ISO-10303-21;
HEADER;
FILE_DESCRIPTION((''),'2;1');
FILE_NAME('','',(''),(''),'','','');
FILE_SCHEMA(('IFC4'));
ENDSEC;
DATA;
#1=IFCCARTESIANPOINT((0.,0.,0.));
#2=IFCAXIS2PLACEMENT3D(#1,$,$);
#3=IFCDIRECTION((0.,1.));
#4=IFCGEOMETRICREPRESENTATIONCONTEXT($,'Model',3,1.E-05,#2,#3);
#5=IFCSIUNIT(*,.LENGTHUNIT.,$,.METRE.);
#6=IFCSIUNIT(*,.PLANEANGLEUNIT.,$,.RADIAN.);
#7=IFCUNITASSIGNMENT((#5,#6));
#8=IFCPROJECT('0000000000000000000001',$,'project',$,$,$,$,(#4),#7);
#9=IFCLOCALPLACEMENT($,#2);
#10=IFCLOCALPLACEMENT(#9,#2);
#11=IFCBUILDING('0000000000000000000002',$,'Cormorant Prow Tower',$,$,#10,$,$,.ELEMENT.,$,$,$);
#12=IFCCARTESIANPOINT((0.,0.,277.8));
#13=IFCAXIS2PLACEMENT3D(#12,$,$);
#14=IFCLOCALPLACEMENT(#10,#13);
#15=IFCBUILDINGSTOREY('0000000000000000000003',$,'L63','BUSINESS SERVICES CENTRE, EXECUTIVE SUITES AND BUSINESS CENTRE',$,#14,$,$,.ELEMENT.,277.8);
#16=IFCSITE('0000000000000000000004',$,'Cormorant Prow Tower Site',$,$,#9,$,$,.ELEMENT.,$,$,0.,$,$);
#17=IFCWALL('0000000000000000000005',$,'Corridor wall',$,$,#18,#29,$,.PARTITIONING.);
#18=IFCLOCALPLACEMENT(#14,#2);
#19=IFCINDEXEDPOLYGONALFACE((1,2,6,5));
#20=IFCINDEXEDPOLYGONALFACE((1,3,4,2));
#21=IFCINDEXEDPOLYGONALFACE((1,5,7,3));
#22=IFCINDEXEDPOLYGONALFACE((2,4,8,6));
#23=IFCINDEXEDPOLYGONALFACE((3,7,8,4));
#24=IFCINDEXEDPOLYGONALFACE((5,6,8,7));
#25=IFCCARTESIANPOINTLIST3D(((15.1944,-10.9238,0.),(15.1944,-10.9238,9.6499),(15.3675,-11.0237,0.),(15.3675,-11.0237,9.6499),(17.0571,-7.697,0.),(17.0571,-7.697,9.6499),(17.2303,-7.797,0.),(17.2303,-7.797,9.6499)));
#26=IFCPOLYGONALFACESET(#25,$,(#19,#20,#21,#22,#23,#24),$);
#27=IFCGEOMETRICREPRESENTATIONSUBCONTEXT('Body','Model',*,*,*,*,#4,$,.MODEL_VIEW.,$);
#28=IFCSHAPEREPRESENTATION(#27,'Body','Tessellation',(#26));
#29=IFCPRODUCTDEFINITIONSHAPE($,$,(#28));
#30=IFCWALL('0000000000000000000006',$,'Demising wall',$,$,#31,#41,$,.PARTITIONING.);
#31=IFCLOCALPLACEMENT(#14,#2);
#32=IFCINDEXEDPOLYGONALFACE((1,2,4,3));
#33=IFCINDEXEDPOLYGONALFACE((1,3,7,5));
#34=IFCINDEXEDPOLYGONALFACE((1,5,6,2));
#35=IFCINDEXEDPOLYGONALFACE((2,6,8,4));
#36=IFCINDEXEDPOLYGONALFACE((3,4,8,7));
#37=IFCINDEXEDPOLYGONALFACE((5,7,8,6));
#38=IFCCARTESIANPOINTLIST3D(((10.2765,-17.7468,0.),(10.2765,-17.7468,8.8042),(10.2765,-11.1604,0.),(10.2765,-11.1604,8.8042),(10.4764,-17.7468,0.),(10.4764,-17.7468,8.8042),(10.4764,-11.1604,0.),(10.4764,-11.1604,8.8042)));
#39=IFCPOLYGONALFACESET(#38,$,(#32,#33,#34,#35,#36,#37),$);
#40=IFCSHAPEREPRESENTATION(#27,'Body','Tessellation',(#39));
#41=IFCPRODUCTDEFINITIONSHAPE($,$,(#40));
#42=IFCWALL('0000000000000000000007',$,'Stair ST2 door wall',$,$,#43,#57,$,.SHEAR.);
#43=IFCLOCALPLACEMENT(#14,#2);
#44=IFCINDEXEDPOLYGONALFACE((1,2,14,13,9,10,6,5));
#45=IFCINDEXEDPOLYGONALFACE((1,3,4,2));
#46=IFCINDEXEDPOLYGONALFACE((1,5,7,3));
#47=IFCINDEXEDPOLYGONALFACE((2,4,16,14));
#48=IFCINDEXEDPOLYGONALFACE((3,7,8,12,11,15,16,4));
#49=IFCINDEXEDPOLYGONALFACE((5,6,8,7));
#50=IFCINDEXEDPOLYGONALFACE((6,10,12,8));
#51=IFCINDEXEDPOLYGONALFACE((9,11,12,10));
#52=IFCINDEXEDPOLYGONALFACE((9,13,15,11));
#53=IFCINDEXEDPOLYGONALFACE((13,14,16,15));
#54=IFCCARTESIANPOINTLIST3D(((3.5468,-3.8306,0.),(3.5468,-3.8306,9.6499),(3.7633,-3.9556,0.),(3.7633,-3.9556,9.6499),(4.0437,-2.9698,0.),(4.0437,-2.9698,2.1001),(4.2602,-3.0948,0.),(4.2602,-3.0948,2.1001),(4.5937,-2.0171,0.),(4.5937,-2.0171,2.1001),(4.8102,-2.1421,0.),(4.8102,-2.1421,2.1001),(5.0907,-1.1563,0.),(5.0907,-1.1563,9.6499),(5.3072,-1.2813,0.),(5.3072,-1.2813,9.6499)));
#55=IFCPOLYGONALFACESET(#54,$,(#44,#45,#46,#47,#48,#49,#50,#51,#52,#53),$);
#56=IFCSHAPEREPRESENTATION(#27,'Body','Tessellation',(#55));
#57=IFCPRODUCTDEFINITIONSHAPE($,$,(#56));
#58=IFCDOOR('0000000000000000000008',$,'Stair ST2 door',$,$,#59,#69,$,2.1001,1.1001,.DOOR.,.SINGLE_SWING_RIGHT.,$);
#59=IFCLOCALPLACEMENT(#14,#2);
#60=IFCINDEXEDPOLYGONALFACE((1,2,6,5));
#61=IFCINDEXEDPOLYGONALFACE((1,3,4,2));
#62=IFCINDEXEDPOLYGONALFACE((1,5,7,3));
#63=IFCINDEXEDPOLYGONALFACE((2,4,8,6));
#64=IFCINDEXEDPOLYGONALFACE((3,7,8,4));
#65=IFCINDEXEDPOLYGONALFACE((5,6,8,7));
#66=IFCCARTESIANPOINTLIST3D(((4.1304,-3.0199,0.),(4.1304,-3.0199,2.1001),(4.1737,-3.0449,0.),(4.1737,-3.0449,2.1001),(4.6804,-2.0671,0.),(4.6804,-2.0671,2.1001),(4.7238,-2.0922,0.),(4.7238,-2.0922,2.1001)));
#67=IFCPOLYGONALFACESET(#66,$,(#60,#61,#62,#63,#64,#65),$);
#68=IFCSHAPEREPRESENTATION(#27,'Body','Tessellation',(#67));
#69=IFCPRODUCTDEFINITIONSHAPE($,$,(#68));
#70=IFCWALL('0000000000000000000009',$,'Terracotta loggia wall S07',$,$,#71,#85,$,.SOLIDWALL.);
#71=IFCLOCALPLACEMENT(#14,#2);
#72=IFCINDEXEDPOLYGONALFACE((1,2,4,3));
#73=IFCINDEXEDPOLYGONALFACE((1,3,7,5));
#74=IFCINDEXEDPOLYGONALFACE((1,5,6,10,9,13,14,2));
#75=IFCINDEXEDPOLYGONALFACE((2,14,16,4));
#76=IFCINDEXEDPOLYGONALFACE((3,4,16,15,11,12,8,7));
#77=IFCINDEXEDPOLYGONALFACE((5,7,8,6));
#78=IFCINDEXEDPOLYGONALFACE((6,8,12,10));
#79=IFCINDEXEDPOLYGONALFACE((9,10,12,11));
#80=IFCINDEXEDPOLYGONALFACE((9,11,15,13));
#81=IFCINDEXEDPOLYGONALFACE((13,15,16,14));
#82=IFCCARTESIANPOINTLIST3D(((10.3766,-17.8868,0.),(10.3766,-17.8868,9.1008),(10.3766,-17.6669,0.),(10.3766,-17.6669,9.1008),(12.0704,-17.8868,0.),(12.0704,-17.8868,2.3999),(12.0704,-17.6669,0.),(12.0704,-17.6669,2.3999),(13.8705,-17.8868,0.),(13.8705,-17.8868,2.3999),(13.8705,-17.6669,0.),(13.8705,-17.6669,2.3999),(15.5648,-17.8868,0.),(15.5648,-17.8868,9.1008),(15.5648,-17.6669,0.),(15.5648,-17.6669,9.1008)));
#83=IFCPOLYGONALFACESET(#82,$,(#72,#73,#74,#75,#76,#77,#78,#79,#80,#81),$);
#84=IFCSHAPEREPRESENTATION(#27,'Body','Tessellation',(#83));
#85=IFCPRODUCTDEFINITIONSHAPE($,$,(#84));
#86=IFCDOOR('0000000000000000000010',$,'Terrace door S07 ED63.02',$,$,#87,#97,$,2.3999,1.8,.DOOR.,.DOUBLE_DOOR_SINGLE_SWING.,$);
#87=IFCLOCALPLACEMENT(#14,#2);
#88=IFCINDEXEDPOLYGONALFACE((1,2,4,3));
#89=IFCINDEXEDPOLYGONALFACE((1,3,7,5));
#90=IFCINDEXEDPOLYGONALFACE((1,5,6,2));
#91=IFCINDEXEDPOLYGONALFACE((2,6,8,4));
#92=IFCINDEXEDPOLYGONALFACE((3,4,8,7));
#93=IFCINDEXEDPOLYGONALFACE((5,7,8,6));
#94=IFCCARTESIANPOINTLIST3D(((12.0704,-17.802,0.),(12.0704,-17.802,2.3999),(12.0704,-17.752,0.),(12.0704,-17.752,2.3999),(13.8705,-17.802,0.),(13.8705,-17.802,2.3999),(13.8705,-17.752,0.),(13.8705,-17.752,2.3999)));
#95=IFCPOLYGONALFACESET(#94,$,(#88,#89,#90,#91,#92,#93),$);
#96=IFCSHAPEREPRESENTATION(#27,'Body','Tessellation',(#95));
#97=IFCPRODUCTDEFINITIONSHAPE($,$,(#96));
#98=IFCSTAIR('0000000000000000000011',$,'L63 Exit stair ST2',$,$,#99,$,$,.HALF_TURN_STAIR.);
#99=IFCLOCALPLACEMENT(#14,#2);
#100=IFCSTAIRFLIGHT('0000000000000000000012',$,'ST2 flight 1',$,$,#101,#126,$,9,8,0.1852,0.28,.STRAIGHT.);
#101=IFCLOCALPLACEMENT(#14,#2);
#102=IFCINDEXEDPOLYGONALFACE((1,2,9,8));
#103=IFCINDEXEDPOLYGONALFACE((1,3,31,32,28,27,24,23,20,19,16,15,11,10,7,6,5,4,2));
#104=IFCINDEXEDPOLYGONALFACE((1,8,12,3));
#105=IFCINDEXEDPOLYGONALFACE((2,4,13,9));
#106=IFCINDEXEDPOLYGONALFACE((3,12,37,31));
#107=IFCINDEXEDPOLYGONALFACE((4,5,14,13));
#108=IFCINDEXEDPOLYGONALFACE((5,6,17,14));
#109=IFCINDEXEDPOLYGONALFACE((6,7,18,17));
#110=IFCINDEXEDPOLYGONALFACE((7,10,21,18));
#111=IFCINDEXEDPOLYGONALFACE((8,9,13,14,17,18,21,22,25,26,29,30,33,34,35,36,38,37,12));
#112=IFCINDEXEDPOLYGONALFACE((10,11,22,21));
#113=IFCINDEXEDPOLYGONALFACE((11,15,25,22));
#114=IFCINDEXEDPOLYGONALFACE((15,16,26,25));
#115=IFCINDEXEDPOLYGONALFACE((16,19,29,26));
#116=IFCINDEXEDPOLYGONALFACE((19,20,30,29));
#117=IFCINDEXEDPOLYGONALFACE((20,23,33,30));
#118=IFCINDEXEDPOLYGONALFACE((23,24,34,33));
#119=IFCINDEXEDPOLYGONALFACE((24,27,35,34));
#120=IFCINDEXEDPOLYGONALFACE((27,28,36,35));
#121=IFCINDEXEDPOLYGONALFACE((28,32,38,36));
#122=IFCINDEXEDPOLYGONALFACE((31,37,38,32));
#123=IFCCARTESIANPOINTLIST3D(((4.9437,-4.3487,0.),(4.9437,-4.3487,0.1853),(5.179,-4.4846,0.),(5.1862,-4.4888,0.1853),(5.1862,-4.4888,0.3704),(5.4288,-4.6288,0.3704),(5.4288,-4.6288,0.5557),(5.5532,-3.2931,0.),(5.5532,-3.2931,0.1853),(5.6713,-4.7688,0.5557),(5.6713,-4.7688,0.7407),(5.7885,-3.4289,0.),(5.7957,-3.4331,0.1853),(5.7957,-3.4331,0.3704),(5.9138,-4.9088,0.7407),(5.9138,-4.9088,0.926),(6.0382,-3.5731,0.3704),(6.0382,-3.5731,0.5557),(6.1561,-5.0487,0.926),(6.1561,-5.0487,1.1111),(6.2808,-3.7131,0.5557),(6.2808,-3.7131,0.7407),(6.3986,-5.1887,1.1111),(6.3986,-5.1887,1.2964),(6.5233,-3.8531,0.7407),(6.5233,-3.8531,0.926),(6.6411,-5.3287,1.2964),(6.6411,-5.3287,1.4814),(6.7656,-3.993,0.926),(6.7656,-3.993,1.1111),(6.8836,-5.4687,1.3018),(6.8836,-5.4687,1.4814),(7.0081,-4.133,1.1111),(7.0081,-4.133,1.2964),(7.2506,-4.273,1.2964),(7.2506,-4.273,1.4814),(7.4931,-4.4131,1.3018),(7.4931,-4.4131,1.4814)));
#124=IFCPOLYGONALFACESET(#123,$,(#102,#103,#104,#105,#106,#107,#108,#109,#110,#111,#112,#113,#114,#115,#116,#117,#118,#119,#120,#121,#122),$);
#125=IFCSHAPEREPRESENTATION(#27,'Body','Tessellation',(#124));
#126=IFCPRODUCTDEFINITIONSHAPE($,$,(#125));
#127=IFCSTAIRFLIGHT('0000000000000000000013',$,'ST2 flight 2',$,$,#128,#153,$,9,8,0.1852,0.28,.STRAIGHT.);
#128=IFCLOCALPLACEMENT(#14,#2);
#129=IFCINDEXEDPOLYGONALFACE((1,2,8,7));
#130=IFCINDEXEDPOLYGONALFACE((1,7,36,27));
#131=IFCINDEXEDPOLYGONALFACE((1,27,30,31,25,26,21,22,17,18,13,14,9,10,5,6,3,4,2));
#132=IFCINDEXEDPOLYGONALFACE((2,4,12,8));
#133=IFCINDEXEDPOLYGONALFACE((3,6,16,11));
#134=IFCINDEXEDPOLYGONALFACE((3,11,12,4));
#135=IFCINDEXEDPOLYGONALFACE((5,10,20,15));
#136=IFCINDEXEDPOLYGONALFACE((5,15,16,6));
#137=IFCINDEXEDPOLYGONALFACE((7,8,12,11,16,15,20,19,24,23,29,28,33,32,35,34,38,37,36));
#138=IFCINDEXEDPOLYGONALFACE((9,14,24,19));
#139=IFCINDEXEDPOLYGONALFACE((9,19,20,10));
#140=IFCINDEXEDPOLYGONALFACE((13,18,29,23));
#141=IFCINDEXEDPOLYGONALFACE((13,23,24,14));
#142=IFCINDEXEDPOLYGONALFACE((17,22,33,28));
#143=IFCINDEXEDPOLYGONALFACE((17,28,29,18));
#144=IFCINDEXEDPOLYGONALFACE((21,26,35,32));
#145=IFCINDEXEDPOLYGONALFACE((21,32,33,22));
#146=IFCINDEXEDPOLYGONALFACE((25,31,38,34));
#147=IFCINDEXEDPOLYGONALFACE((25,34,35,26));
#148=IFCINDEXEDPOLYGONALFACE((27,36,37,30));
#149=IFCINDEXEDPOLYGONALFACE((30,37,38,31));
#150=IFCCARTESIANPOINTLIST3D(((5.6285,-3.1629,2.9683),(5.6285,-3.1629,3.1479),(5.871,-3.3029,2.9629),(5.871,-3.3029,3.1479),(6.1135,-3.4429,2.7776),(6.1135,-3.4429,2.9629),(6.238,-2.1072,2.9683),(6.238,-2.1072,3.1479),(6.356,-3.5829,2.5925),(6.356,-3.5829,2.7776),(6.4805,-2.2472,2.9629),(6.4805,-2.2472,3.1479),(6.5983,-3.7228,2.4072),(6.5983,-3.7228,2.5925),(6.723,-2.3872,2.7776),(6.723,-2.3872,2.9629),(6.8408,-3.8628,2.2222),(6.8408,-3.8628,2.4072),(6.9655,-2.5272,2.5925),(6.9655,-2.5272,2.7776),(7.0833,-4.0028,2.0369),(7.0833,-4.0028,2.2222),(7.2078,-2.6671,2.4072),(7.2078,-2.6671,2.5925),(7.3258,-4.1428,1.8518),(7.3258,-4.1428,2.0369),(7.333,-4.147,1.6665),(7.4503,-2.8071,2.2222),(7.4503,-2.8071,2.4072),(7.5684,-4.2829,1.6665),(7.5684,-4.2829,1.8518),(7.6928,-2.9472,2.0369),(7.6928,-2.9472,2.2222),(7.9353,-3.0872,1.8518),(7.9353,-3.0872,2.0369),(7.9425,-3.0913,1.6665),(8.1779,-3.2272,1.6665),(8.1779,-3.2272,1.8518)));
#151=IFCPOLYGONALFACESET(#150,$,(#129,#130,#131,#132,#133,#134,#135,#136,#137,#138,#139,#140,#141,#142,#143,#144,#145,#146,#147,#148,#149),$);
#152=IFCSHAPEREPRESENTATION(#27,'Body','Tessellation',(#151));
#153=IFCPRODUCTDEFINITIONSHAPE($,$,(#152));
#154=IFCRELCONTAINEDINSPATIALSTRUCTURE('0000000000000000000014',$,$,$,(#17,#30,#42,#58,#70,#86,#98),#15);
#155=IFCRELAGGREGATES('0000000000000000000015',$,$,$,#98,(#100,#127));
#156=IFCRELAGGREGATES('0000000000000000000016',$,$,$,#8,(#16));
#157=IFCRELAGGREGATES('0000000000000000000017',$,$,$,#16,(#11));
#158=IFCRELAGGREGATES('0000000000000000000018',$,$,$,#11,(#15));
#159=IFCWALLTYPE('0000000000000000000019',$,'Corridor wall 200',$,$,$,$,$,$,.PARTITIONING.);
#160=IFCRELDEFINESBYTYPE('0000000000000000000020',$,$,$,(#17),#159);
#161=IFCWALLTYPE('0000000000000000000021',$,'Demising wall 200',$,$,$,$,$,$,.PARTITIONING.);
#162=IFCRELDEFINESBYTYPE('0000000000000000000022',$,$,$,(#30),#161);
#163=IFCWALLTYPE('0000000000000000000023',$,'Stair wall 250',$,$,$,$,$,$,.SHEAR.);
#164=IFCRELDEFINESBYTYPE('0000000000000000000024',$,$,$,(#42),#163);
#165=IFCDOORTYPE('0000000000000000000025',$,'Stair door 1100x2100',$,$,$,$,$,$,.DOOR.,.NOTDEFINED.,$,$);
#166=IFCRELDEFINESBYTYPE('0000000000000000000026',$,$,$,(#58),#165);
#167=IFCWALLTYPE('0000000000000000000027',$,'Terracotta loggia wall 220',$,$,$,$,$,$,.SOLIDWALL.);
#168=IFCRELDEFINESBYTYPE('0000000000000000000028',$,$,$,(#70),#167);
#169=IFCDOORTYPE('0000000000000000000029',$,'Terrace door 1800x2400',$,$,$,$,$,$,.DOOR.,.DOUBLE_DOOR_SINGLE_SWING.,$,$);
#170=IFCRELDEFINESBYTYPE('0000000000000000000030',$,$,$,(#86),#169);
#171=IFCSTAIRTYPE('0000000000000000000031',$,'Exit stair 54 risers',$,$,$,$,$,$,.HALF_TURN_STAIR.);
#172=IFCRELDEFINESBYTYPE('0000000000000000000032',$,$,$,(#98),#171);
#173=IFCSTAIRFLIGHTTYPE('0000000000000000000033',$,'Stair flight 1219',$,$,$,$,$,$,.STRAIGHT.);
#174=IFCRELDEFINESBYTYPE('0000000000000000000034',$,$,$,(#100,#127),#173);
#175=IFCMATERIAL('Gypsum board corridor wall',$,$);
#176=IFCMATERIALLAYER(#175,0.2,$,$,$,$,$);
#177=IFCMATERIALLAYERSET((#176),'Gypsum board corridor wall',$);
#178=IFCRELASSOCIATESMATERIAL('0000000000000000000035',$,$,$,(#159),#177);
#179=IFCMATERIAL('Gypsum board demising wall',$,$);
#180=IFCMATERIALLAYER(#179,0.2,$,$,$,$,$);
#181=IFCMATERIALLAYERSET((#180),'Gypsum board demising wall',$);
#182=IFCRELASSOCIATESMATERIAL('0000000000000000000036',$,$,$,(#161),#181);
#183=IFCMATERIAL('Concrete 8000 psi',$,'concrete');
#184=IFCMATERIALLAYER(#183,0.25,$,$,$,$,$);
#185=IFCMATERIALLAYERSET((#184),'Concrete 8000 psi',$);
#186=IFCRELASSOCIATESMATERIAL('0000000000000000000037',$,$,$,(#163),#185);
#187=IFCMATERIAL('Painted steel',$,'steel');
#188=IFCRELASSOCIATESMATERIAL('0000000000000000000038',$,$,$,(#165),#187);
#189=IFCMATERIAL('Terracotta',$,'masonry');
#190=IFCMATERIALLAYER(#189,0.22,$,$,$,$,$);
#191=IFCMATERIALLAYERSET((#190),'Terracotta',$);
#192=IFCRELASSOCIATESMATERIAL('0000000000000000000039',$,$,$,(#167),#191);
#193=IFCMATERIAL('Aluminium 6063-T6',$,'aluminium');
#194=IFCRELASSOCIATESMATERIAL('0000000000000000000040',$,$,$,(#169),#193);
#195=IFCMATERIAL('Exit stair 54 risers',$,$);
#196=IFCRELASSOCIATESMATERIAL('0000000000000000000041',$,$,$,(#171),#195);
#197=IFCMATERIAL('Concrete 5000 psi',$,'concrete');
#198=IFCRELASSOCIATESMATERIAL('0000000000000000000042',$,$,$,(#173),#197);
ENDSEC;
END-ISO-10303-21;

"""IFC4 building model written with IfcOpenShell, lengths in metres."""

from ifc_helpers import new_model, si_unit, direction, frame, frame_2d, origin, place, context, subcontext, project, spatial, polyline, rectangle, outline, extrude, material, layer, layer_set, type_object, element, fill, aggregate, save


model = new_model("IFC4")

# Units and contexts
model_context = context("Model", 3, precision=1e-05, world=origin(), true_north=direction((0.0, 1.0)))
body_context = subcontext(model_context, "Body", "Model", "MODEL_VIEW")
ifc_project = project(units=[si_unit("LENGTHUNIT", "METRE"), si_unit("PLANEANGLEUNIT", "RADIAN")], contexts=[model_context])

# Site, building, storey
site_placement = place(None, origin())
site = spatial("IfcSite", under=ifc_project, at=site_placement, Name="Cormorant Prow Tower Site", CompositionType="ELEMENT", RefElevation=0.0)
building_placement = place(site_placement, origin())
building = spatial("IfcBuilding", under=site, at=building_placement, Name="Cormorant Prow Tower", CompositionType="ELEMENT")
storey_placement = place(building_placement, frame((0.0, 0.0, 277.8)))
storey = spatial("IfcBuildingStorey", under=building, at=storey_placement, Name="L63", Description="BUSINESS SERVICES CENTRE, EXECUTIVE SUITES AND BUSINESS CENTRE", CompositionType="ELEMENT", Elevation=277.8)

# Shared definitions
ifc_material_1 = material(Name="Gypsum board corridor wall")
ifc_layer_1 = layer(ifc_material_1, 0.2)
ifc_layer_set_1 = layer_set([ifc_layer_1], Name="Gypsum board corridor wall")
wall_type_1 = type_object("IfcWallType", Name="Corridor wall 200", PredefinedType="PARTITIONING", material=ifc_layer_set_1)

# Walls
wall_1_placement = place(storey_placement, frame((15.281, -10.9736, 0.0), z_axis=(0.0, 0.0, 1.0), x_axis=(0.499959, 0.866049, 0.0)))
element("IfcWall", 1, at=wall_1_placement, inside=storey, type_object=wall_type_1, Name="Corridor wall", PredefinedType="PARTITIONING", context=body_context, shape_type="SweptSolid", body=[
    extrude(rectangle(XDim=3.7258, YDim=0.2, at=frame_2d((1.8628, 0.0))), origin(), (0.0, 0.0, 1.0), 9.6499),
])
ifc_material_2 = material(Name="Gypsum board demising wall")
ifc_layer_2 = layer(ifc_material_2, 0.2)
ifc_layer_set_2 = layer_set([ifc_layer_2], Name="Gypsum board demising wall")
wall_type_2 = type_object("IfcWallType", Name="Demising wall 200", PredefinedType="PARTITIONING", material=ifc_layer_set_2)
wall_2_placement = place(storey_placement, frame((10.3765, -17.7468, 0.0), z_axis=(0.0, 0.0, 1.0), x_axis=(0.0, 1.0, 0.0)))
element("IfcWall", 2, at=wall_2_placement, inside=storey, type_object=wall_type_2, Name="Demising wall", PredefinedType="PARTITIONING", context=body_context, shape_type="SweptSolid", body=[
    extrude(rectangle(XDim=6.5864, YDim=0.2, at=frame_2d((3.2932, 0.0))), origin(), (0.0, 0.0, 1.0), 8.8042),
])

# Walls, openings, doors
ifc_material_3 = material(Name="Concrete 8000 psi", Category="concrete")
ifc_layer_3 = layer(ifc_material_3, 0.25)
ifc_layer_set_3 = layer_set([ifc_layer_3], Name="Concrete 8000 psi")
wall_type_3 = type_object("IfcWallType", Name="Stair wall 250", PredefinedType="SHEAR", material=ifc_layer_set_3)
wall_3_placement = place(storey_placement, frame((3.655, -3.8931, 0.0), z_axis=(0.0, 0.0, 1.0), x_axis=(0.499983, 0.866035, 0.0)))
wall_3 = element("IfcWall", 3, at=wall_3_placement, inside=storey, type_object=wall_type_3, Name="Stair ST2 door wall", PredefinedType="SHEAR", context=body_context, shape_type="SweptSolid", body=[
    extrude(rectangle(XDim=3.0879, YDim=0.25, at=frame_2d((1.5439, 0.0))), origin(), (0.0, 0.0, 1.0), 9.6499),
])
opening_1_placement = place(wall_3_placement, frame((0.9939, 0.0, 0.0)))
opening_1 = element("IfcOpeningElement", 4, at=opening_1_placement, cuts=wall_3, PredefinedType="OPENING", context=body_context, shape_type="SweptSolid", body=[
    extrude(rectangle(XDim=1.1001, YDim=2.1001, at=frame_2d((0.55, 1.05))), frame((0.0, 0.135, 0.0), z_axis=(0.0, -1.0, 0.0), x_axis=(1.0, 0.0, 0.0)), (0.0, 0.0, 1.0), 0.27),
])
ifc_material_4 = material(Name="Painted steel", Category="steel")
door_type_1 = type_object("IfcDoorType", Name="Stair door 1100x2100", OperationType="NOTDEFINED", PredefinedType="DOOR", material=ifc_material_4)
door_1_placement = place(opening_1_placement, origin())
door_1 = element("IfcDoor", 5, at=door_1_placement, inside=storey, type_object=door_type_1, Name="Stair ST2 door", OperationType="SINGLE_SWING_RIGHT", OverallHeight=2.1001, OverallWidth=1.1001, PredefinedType="DOOR", context=body_context, shape_type="SweptSolid", body=[
    extrude(rectangle(XDim=1.1001, YDim=2.1001, at=frame_2d((0.55, 1.05))), frame((0.0, 0.0249, 0.0), z_axis=(0.0, -1.0, 0.0), x_axis=(1.0, 0.0, 0.0)), (0.0, 0.0, 1.0), 0.05),
])
fill(opening_1, door_1)
ifc_material_5 = material(Name="Terracotta", Category="masonry")
ifc_layer_4 = layer(ifc_material_5, 0.22)
ifc_layer_set_4 = layer_set([ifc_layer_4], Name="Terracotta")
wall_type_4 = type_object("IfcWallType", Name="Terracotta loggia wall 220", PredefinedType="SOLIDWALL", material=ifc_layer_set_4)
wall_4_placement = place(storey_placement, frame((10.3765, -17.7769, 0.0), z_axis=(0.0, 0.0, 1.0), x_axis=(1.0, 0.0, 0.0)))
wall_4 = element("IfcWall", 6, at=wall_4_placement, inside=storey, type_object=wall_type_4, Name="Terracotta loggia wall S07", PredefinedType="SOLIDWALL", context=body_context, shape_type="SweptSolid", body=[
    extrude(rectangle(XDim=5.1882, YDim=0.22, at=frame_2d((2.5942, 0.0))), origin(), (0.0, 0.0, 1.0), 9.1008),
])
opening_2_placement = place(wall_4_placement, frame((1.6941, 0.0, 0.0)))
opening_2 = element("IfcOpeningElement", 7, at=opening_2_placement, cuts=wall_4, PredefinedType="OPENING", context=body_context, shape_type="SweptSolid", body=[
    extrude(rectangle(XDim=1.8, YDim=2.3999, at=frame_2d((0.8999, 1.2))), frame((0.0, 0.1199, 0.0), z_axis=(0.0, -1.0, 0.0), x_axis=(1.0, 0.0, 0.0)), (0.0, 0.0, 1.0), 0.24),
])
ifc_material_6 = material(Name="Aluminium 6063-T6", Category="aluminium")
door_type_2 = type_object("IfcDoorType", Name="Terrace door 1800x2400", OperationType="DOUBLE_DOOR_SINGLE_SWING", PredefinedType="DOOR", material=ifc_material_6)
door_2_placement = place(opening_2_placement, origin())
door_2 = element("IfcDoor", 8, at=door_2_placement, inside=storey, type_object=door_type_2, Name="Terrace door S07 ED63.02", OperationType="DOUBLE_DOOR_SINGLE_SWING", OverallHeight=2.3999, OverallWidth=1.8, PredefinedType="DOOR", context=body_context, shape_type="SweptSolid", body=[
    extrude(rectangle(XDim=1.8, YDim=2.3999, at=frame_2d((0.8999, 1.2))), frame((0.0, 0.0249, 0.0), z_axis=(0.0, -1.0, 0.0), x_axis=(1.0, 0.0, 0.0)), (0.0, 0.0, 1.0), 0.05),
])
fill(opening_2, door_2)

# Stair, stair flights
ifc_material_7 = material(Name="Exit stair 54 risers")
stair_type = type_object("IfcStairType", Name="Exit stair 54 risers", PredefinedType="HALF_TURN_STAIR", material=ifc_material_7)
stair_placement = place(storey_placement, origin())
stair = element("IfcStair", 9, at=stair_placement, inside=storey, type_object=stair_type, Name="L63 Exit stair ST2", PredefinedType="HALF_TURN_STAIR")
ifc_material_8 = material(Name="Concrete 5000 psi", Category="concrete")
stair_flight_type = type_object("IfcStairFlightType", Name="Stair flight 1219", PredefinedType="STRAIGHT", material=ifc_material_8)
stair_flight_1_placement = place(storey_placement, frame((5.2485, -3.8208, 0.0), z_axis=(0.0, 0.0, 1.0), x_axis=(0.866025, -0.5, 0.0)))
stair_flight_1 = element("IfcStairFlight", 10, at=stair_flight_1_placement, type_object=stair_flight_type, Name="ST2 flight 1", NumberOfRisers=9, NumberOfTreads=8, PredefinedType="STRAIGHT", RiserHeight=0.1852, TreadLength=0.28, context=body_context, shape_type="SweptSolid", body=[
    extrude(outline(polyline([(0.0, 0.0), (0.0, 0.1853), (0.28, 0.1853), (0.28, 0.3704), (0.5601, 0.3704), (0.5601, 0.5557), (0.8401, 0.5557), (0.8401, 0.7407), (1.1201, 0.7407), (1.1201, 0.926), (1.3999, 0.926), (1.3999, 1.1111), (1.6799, 1.1111), (1.6799, 1.2964), (1.96, 1.2964), (1.96, 1.4814), (2.24, 1.4814), (2.24, 1.6667), (2.24, 1.3018), (0.2717, 0.0), (0.0, 0.0)])), frame((0.0, 0.6094, 0.0), z_axis=(0.0, -1.0, 0.0), x_axis=(1.0, 0.0, 0.0)), (0.0, 0.0, 1.0), 1.219),
])
stair_flight_2_placement = place(storey_placement, frame((7.873, -3.7551, 1.6665), z_axis=(0.0, 0.0, 1.0), x_axis=(-0.866025, 0.5, 0.0)))
stair_flight_2 = element("IfcStairFlight", 11, at=stair_flight_2_placement, type_object=stair_flight_type, Name="ST2 flight 2", NumberOfRisers=9, NumberOfTreads=8, PredefinedType="STRAIGHT", RiserHeight=0.1852, TreadLength=0.28, context=body_context, shape_type="SweptSolid", body=[
    extrude(outline(polyline([(0.0, 0.0), (0.0, 0.1853), (0.28, 0.1853), (0.28, 0.3704), (0.5601, 0.3704), (0.5601, 0.5557), (0.8401, 0.5557), (0.8401, 0.7407), (1.1201, 0.7407), (1.1201, 0.926), (1.3999, 0.926), (1.3999, 1.1111), (1.6799, 1.1111), (1.6799, 1.2964), (1.96, 1.2964), (1.96, 1.4814), (2.24, 1.4814), (2.24, 1.6667), (2.24, 1.3018), (0.2717, 0.0), (0.0, 0.0)])), frame((0.0, 0.6094, 0.0), z_axis=(0.0, -1.0, 0.0), x_axis=(1.0, 0.0, 0.0)), (0.0, 0.0, 1.0), 1.219),
])
aggregate(stair, [stair_flight_1, stair_flight_2])

save(model, "model.ifc")
